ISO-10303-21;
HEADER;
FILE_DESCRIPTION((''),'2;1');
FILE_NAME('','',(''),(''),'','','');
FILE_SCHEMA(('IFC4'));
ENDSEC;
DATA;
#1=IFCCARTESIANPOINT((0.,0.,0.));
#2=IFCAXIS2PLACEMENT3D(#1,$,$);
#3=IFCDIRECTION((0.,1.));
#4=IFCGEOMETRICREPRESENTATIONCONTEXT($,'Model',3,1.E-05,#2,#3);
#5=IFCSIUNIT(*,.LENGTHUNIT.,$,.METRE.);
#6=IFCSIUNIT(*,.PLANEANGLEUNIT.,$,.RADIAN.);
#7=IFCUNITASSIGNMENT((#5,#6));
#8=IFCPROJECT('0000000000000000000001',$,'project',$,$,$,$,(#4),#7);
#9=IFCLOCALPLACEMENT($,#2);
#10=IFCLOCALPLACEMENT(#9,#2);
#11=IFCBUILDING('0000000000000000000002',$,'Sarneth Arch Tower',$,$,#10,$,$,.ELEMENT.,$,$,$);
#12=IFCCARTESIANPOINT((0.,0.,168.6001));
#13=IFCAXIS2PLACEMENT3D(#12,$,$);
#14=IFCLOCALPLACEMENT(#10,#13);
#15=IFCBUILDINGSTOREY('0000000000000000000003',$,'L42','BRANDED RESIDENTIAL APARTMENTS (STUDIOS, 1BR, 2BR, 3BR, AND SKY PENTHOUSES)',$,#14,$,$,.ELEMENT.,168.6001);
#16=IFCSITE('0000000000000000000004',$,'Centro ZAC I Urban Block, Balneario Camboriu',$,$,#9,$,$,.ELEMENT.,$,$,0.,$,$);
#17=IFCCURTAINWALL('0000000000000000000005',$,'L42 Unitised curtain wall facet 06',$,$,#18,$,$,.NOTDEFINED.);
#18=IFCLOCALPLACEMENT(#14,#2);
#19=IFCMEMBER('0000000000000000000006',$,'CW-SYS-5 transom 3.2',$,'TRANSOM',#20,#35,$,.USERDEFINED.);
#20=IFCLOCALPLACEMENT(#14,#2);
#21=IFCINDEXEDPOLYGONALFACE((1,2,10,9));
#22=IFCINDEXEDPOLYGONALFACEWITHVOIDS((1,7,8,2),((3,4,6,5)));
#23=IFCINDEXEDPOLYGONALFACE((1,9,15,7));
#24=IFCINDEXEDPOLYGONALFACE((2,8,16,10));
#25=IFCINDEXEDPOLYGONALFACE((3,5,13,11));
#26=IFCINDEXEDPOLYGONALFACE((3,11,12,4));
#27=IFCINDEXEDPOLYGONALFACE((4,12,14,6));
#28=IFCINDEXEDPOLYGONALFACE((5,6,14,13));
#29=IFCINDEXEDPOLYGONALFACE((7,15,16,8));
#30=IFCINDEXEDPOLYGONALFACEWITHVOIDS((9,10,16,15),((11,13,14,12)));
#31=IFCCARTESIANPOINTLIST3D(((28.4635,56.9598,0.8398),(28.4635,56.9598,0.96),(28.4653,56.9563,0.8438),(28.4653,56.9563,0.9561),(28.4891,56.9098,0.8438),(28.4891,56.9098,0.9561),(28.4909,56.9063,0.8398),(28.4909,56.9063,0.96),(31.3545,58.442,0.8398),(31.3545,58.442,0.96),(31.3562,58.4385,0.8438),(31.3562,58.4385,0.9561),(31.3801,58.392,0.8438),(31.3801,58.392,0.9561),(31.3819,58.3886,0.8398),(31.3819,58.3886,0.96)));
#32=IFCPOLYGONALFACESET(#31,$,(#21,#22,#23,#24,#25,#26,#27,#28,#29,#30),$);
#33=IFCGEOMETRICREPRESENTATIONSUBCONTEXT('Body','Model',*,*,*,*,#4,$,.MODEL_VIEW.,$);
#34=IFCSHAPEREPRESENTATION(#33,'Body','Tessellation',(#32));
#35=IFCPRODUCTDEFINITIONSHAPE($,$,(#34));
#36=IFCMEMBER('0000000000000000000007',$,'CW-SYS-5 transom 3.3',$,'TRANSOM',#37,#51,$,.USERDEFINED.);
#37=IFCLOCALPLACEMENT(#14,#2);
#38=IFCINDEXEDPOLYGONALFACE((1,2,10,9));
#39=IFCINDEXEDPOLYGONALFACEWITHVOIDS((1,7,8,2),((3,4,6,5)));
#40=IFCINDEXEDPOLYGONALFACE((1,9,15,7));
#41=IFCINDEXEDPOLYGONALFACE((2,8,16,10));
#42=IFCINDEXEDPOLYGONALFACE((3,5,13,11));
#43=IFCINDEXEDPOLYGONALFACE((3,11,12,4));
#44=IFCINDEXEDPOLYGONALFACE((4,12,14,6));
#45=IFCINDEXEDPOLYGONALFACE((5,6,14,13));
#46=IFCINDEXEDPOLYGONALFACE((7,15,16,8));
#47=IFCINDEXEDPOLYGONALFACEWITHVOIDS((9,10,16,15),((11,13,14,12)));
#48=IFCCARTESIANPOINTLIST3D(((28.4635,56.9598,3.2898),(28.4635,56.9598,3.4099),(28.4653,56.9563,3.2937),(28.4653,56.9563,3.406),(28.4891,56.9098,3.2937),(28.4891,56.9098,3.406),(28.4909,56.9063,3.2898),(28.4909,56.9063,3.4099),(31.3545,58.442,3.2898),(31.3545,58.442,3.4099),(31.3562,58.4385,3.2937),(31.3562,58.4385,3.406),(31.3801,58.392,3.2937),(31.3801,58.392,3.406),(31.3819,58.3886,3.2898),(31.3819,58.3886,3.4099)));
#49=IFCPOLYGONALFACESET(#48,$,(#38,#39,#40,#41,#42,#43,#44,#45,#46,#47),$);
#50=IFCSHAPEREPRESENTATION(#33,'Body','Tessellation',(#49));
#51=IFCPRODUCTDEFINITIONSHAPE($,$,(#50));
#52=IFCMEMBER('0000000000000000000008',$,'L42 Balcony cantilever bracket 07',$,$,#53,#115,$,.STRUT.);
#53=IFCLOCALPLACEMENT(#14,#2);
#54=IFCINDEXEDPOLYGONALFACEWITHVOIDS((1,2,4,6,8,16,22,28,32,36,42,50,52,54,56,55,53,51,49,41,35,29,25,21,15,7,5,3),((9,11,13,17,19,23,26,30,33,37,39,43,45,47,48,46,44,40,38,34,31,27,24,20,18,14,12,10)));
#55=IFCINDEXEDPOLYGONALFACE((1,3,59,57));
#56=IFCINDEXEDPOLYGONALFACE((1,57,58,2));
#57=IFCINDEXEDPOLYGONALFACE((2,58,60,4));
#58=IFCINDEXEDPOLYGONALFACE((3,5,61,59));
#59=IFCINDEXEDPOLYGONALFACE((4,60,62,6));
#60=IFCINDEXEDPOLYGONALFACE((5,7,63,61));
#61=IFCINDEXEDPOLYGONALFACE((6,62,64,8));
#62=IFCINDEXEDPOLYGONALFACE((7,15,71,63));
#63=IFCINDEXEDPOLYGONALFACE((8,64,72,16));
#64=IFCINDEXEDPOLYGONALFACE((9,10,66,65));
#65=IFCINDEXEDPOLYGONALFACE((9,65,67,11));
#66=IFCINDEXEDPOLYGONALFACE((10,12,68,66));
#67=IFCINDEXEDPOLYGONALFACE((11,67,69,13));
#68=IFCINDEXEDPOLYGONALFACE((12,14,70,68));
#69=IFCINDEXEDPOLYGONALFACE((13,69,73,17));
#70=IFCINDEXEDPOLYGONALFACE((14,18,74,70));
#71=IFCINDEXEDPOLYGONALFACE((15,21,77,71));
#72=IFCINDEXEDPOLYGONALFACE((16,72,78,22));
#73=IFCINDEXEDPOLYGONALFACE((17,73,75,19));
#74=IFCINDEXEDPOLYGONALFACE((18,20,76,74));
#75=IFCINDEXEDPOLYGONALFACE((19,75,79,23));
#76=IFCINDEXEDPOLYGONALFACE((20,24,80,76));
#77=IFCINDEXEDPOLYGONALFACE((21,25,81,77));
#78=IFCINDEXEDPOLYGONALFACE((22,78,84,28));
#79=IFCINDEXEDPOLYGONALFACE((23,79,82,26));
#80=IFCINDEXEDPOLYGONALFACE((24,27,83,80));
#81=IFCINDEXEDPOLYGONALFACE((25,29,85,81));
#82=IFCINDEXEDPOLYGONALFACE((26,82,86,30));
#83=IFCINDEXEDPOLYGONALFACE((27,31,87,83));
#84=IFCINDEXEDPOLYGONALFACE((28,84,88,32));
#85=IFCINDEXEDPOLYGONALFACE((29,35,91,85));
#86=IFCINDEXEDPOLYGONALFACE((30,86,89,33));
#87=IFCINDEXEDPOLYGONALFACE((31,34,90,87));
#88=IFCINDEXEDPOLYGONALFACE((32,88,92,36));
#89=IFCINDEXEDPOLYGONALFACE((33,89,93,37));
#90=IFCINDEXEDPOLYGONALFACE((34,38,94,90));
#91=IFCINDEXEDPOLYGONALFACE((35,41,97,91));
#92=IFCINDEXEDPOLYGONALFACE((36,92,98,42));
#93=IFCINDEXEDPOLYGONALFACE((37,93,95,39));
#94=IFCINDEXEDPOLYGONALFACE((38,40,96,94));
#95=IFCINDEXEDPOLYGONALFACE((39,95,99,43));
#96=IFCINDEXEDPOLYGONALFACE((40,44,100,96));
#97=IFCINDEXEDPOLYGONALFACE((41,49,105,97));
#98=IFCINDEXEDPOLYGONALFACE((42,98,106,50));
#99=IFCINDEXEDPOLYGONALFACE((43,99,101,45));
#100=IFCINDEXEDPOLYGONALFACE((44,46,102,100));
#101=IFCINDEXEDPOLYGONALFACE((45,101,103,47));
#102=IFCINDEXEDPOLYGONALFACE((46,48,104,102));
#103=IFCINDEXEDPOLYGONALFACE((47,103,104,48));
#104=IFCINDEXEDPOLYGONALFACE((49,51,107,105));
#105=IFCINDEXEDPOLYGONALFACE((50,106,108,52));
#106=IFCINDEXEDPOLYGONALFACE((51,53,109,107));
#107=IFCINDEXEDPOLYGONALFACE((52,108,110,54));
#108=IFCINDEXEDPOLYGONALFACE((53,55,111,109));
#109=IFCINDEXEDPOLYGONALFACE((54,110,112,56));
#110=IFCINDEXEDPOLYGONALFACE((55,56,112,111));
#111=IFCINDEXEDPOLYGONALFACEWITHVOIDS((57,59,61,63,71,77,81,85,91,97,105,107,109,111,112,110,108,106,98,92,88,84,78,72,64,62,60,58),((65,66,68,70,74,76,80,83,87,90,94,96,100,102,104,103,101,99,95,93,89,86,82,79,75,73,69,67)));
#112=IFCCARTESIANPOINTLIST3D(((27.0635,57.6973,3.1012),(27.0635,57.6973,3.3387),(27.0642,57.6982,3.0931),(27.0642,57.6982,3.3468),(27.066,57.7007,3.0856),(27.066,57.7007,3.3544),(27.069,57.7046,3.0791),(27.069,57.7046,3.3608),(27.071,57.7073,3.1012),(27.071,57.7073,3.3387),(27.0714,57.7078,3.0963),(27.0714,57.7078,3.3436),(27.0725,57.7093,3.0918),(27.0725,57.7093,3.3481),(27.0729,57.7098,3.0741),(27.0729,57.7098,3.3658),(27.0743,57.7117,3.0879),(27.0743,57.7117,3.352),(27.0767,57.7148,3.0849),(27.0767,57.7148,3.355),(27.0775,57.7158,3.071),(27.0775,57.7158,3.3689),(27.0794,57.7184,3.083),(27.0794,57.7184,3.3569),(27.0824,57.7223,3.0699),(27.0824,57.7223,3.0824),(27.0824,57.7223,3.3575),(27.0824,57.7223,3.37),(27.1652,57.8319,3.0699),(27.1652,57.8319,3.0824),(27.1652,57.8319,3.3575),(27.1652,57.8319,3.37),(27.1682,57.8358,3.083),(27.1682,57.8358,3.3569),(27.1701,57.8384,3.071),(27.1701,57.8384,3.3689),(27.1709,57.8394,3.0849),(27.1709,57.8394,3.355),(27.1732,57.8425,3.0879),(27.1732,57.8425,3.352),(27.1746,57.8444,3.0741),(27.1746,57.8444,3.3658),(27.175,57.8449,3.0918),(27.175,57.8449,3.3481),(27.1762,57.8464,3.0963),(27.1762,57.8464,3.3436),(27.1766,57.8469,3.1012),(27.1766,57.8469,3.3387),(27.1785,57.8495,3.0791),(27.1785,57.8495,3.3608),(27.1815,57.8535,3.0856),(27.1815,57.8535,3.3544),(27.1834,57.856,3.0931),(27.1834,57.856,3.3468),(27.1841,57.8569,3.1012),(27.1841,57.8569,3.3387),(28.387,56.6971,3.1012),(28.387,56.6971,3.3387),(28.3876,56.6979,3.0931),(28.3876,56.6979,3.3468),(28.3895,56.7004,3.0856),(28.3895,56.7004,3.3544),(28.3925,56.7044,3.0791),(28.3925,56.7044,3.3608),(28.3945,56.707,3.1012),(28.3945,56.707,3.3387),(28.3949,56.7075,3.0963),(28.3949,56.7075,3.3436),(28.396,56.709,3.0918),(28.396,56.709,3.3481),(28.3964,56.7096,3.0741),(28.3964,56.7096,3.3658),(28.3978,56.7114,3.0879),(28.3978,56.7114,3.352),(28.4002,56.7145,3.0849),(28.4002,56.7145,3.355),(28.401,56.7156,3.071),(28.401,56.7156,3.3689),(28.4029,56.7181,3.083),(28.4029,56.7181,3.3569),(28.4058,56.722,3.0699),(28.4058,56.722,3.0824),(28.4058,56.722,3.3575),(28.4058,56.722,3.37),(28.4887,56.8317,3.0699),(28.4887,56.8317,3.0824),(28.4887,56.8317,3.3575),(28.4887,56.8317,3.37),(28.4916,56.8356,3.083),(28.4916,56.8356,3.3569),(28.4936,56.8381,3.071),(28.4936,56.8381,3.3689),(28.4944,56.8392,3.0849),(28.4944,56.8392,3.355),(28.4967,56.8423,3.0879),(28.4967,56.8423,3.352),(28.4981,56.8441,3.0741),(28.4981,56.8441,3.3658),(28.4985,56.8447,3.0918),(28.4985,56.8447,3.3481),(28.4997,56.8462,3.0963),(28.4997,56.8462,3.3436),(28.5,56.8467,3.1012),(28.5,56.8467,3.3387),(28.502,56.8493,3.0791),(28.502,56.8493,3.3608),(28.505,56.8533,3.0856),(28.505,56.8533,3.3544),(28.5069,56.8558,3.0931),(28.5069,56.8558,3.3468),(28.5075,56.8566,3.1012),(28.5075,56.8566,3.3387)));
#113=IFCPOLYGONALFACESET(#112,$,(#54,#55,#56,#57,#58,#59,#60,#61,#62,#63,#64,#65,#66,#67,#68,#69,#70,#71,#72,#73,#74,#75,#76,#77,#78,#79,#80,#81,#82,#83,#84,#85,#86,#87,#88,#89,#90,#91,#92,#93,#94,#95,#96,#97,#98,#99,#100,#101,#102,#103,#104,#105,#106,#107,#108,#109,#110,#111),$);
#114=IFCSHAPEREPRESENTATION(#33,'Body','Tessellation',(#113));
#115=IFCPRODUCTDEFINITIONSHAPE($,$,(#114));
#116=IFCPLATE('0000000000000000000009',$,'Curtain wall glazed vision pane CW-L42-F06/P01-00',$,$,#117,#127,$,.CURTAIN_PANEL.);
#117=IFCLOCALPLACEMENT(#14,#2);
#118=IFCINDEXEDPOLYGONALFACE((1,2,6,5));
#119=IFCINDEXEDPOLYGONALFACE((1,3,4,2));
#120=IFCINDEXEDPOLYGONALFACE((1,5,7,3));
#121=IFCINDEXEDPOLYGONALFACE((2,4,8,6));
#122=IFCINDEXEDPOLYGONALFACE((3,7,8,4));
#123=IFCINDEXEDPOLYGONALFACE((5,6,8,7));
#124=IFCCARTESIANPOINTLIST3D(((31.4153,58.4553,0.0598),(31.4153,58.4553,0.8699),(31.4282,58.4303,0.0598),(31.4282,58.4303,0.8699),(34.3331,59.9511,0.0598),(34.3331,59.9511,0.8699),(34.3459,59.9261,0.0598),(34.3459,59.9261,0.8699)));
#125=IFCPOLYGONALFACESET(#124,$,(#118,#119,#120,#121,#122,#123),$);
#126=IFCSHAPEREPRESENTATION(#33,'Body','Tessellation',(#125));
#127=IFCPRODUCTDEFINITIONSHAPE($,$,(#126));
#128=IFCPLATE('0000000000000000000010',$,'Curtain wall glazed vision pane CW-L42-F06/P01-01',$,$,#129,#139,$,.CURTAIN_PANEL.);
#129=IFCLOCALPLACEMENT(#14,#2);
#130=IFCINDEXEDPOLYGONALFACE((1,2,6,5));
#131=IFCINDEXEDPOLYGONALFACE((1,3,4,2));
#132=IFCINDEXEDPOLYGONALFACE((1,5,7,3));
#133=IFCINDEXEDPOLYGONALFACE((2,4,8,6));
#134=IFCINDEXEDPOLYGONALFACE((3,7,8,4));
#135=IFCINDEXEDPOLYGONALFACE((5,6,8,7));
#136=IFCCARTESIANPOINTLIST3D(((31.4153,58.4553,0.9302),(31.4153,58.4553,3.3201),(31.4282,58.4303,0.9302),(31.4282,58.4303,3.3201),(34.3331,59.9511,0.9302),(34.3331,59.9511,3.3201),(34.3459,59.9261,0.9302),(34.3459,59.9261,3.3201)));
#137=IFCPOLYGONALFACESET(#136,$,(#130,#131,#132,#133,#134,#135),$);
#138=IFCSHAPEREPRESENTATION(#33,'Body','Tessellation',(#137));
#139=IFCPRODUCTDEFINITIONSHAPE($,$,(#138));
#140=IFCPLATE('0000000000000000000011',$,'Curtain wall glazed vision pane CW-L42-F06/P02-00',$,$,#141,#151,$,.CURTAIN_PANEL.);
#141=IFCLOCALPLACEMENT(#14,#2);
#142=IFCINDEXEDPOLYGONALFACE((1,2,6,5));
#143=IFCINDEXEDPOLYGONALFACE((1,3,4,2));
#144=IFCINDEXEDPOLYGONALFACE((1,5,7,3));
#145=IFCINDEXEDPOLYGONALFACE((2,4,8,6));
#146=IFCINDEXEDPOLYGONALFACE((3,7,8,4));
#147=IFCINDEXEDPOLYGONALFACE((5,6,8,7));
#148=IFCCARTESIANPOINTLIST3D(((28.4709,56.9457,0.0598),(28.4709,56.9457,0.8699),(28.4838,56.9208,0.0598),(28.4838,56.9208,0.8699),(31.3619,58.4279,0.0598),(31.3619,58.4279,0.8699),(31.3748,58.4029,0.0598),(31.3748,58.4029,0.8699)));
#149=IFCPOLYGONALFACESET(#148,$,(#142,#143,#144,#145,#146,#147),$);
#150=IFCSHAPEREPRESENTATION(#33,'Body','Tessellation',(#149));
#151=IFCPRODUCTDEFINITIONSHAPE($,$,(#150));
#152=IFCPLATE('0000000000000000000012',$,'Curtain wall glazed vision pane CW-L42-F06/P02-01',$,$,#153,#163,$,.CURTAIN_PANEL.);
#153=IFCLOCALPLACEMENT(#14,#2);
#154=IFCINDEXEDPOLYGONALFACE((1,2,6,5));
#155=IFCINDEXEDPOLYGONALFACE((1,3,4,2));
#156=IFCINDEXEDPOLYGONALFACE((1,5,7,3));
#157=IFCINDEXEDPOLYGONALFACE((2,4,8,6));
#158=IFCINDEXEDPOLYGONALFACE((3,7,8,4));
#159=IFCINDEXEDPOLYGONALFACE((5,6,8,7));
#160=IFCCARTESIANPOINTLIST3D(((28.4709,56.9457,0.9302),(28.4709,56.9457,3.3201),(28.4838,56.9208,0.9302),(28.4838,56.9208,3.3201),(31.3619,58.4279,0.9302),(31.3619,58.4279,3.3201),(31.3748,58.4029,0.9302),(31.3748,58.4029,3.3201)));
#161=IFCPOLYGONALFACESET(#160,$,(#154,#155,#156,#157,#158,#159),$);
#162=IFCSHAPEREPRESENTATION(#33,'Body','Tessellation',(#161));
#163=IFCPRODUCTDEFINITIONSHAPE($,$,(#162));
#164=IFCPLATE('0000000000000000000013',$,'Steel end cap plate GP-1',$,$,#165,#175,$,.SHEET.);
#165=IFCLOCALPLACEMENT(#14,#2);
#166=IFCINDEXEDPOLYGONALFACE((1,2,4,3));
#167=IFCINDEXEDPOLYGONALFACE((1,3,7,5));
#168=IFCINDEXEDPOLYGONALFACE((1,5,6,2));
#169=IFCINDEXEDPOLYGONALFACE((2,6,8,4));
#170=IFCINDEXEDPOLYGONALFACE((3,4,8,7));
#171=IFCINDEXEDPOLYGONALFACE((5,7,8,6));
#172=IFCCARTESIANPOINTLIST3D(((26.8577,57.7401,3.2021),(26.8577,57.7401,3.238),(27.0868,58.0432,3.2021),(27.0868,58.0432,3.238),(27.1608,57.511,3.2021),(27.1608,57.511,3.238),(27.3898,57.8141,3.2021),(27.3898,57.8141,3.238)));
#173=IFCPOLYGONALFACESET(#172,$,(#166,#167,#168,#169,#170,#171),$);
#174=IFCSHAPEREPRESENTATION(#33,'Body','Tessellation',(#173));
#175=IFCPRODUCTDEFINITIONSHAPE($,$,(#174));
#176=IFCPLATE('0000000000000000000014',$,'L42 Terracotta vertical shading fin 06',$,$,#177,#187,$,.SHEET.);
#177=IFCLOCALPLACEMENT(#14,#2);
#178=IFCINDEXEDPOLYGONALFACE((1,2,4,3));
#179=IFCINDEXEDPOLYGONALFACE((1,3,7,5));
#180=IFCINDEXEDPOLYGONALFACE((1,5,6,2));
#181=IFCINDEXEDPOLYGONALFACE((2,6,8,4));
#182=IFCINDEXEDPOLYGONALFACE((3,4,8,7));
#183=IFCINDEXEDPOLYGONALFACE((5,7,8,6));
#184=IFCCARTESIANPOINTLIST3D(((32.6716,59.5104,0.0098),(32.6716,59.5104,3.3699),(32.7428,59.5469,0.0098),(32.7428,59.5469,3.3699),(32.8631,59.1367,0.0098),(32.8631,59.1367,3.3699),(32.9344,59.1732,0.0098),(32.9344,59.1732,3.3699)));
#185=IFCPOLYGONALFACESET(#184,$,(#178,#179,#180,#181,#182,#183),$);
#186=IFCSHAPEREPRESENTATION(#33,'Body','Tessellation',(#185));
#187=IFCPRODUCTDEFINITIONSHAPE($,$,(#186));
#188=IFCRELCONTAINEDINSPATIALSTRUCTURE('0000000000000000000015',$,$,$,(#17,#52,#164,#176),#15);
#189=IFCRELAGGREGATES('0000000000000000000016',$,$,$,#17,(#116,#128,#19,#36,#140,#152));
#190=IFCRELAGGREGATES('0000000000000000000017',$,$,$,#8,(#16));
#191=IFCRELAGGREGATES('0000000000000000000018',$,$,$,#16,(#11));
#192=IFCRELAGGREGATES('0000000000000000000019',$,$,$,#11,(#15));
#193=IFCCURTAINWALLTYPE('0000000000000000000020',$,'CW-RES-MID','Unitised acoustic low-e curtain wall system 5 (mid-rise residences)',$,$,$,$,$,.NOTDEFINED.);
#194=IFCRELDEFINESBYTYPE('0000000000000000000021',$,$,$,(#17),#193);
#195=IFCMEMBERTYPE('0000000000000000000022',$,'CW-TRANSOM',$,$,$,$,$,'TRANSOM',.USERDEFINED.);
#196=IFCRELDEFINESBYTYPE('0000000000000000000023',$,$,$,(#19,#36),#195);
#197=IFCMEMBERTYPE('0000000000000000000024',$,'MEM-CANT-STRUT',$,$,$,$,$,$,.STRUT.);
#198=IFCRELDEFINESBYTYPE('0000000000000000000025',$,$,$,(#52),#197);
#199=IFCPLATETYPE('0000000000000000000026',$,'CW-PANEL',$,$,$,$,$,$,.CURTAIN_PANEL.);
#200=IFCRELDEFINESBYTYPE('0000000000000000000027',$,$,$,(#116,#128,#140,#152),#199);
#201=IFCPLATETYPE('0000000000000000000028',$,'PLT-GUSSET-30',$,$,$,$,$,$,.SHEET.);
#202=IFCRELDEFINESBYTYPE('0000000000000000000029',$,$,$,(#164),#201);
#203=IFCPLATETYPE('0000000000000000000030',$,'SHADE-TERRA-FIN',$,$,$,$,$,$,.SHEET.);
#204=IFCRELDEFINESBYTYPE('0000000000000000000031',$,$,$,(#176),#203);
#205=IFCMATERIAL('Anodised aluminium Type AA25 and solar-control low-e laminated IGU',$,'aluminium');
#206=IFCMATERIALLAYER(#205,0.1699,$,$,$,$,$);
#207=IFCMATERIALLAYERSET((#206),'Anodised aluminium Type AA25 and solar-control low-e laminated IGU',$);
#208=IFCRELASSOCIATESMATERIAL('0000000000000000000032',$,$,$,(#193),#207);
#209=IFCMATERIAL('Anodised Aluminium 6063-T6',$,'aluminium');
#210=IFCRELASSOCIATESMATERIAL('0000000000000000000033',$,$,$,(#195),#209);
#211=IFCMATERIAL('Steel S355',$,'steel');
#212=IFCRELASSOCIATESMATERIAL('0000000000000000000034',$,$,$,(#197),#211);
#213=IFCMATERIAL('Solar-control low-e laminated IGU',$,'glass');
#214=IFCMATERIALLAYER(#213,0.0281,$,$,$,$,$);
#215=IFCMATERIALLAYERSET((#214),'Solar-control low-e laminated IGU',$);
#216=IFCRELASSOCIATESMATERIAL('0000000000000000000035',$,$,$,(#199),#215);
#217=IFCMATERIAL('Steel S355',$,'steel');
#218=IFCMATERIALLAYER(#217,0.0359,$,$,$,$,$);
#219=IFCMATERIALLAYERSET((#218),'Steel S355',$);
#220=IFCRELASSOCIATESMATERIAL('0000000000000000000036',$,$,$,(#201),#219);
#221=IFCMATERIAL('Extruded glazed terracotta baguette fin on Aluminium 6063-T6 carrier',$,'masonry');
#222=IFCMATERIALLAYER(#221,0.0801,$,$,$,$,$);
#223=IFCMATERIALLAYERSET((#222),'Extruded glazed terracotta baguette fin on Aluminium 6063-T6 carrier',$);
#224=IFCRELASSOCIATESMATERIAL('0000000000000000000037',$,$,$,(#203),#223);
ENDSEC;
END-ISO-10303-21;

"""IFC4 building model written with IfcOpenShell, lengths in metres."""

from ifc_helpers import new_model, si_unit, direction, frame, origin, origin_2d, place, context, subcontext, project, spatial, rectangle, hollow_rectangle, extrude, material, layer, layer_set, material_profile, profile_set, type_object, element, aggregate, save


model = new_model("IFC4")

# Units and contexts
model_context = context("Model", 3, precision=1e-05, world=origin(), true_north=direction((0.0, 1.0)))
body_context = subcontext(model_context, "Body", "Model", "MODEL_VIEW")
ifc_project = project(units=[si_unit("LENGTHUNIT", "METRE"), si_unit("PLANEANGLEUNIT", "RADIAN")], contexts=[model_context])

# Site, building, storey
site_placement = place(None, origin())
site = spatial("IfcSite", under=ifc_project, at=site_placement, Name="Centro ZAC I Urban Block, Balneario Camboriu", CompositionType="ELEMENT", RefElevation=0.0)
building_placement = place(site_placement, origin())
building = spatial("IfcBuilding", under=site, at=building_placement, Name="Sarneth Arch Tower", CompositionType="ELEMENT")
storey_placement = place(building_placement, frame((0.0, 0.0, 168.6001)))
storey = spatial("IfcBuildingStorey", under=building, at=storey_placement, Name="L42", Description="BRANDED RESIDENTIAL APARTMENTS (STUDIOS, 1BR, 2BR, 3BR, AND SKY PENTHOUSES)", CompositionType="ELEMENT", Elevation=168.6001)

# Curtain wall, members
ifc_material_1 = material(Name="Anodised aluminium Type AA25 and solar-control low-e laminated IGU", Category="aluminium")
ifc_layer_1 = layer(ifc_material_1, 0.1699)
ifc_layer_set_1 = layer_set([ifc_layer_1], Name="Anodised aluminium Type AA25 and solar-control low-e laminated IGU")
curtain_wall_type = type_object("IfcCurtainWallType", Name="CW-RES-MID", Description="Unitised acoustic low-e curtain wall system 5 (mid-rise residences)", PredefinedType="NOTDEFINED", material=ifc_layer_set_1)
curtain_wall_placement = place(storey_placement, origin())
curtain_wall = element("IfcCurtainWall", 1, at=curtain_wall_placement, inside=storey, type_object=curtain_wall_type, Name="L42 Unitised curtain wall facet 06", PredefinedType="NOTDEFINED")
ifc_material_2 = material(Name="Anodised Aluminium 6063-T6", Category="aluminium")
ifc_material_profile_1 = material_profile(ifc_material_2, hollow_rectangle(XDim=0.0601, YDim=0.1201, WallThickness=0.0039, at=origin_2d()), Name="AL-TRAN-120x60x4")
ifc_profile_set_1 = profile_set([ifc_material_profile_1], Name="Anodised Aluminium 6063-T6")
member_type_1 = type_object("IfcMemberType", Name="CW-TRANSOM", ElementType="TRANSOM", PredefinedType="USERDEFINED", material=ifc_profile_set_1)
member_1_placement = place(storey_placement, frame((31.3682, 58.4153, 0.8999), z_axis=(-0.889857, -0.456239, 0.0), x_axis=(0.456239, -0.889857, 0.0)))
member_1 = element("IfcMember", 2, at=member_1_placement, type_object=member_type_1, Name="CW-SYS-5 transom 3.2", ObjectType="TRANSOM", PredefinedType="USERDEFINED", context=body_context, shape_type="SweptSolid", body=[
    extrude(hollow_rectangle(XDim=0.0601, YDim=0.1201, WallThickness=0.0039, at=origin_2d()), origin(), (0.0, 0.0, 1.0), 3.2488),
])
member_2_placement = place(storey_placement, frame((31.3682, 58.4153, 3.3499), z_axis=(-0.889857, -0.456239, 0.0), x_axis=(0.456239, -0.889857, 0.0)))
member_2 = element("IfcMember", 3, at=member_2_placement, type_object=member_type_1, Name="CW-SYS-5 transom 3.3", ObjectType="TRANSOM", PredefinedType="USERDEFINED", context=body_context, shape_type="SweptSolid", body=[
    extrude(hollow_rectangle(XDim=0.0601, YDim=0.1201, WallThickness=0.0039, at=origin_2d()), origin(), (0.0, 0.0, 1.0), 3.2488),
])

# Member
ifc_material_3 = material(Name="Steel S355", Category="steel")
ifc_material_profile_2 = material_profile(ifc_material_3, hollow_rectangle(XDim=0.2, YDim=0.3, WallThickness=0.0125, InnerFilletRadius=0.0188, OuterFilletRadius=0.0312, at=origin_2d()), Name="RHS300x200x12.5")
ifc_profile_set_2 = profile_set([ifc_material_profile_2], Name="Steel S355")
member_type_2 = type_object("IfcMemberType", Name="MEM-CANT-STRUT", PredefinedType="STRUT", material=ifc_profile_set_2)
member_3_placement = place(storey_placement, frame((28.4473, 56.7769, 3.22), z_axis=(-0.797787, 0.602939, 0.0), x_axis=(-0.602939, -0.797787, 0.0)))
element("IfcMember", 4, at=member_3_placement, inside=storey, type_object=member_type_2, Name="L42 Balcony cantilever bracket 07", PredefinedType="STRUT", context=body_context, shape_type="SweptSolid", body=[
    extrude(hollow_rectangle(XDim=0.2, YDim=0.3, WallThickness=0.0125, InnerFilletRadius=0.0188, OuterFilletRadius=0.0312, at=origin_2d()), origin(), (0.0, 0.0, 1.0), 1.6589),
])

# Plates
ifc_material_4 = material(Name="Solar-control low-e laminated IGU", Category="glass")
ifc_layer_2 = layer(ifc_material_4, 0.0281)
ifc_layer_set_2 = layer_set([ifc_layer_2], Name="Solar-control low-e laminated IGU")
plate_type_1 = type_object("IfcPlateType", Name="CW-PANEL", PredefinedType="CURTAIN_PANEL", material=ifc_layer_set_2)
plate_1_placement = place(storey_placement, frame((32.8806, 59.1907, 0.0598), z_axis=(0.0, 0.0, 1.0), x_axis=(-0.889873, -0.456208, 0.0)))
plate_1 = element("IfcPlate", 5, at=plate_1_placement, type_object=plate_type_1, Name="Curtain wall glazed vision pane CW-L42-F06/P01-00", PredefinedType="CURTAIN_PANEL", context=body_context, shape_type="SweptSolid", body=[
    extrude(rectangle(XDim=3.2788, YDim=0.0281, at=origin_2d()), origin(), (0.0, 0.0, 1.0), 0.8101),
])
plate_2_placement = place(storey_placement, frame((32.8806, 59.1907, 0.9302), z_axis=(0.0, 0.0, 1.0), x_axis=(-0.889873, -0.456208, 0.0)))
plate_2 = element("IfcPlate", 6, at=plate_2_placement, type_object=plate_type_1, Name="Curtain wall glazed vision pane CW-L42-F06/P01-01", PredefinedType="CURTAIN_PANEL", context=body_context, shape_type="SweptSolid", body=[
    extrude(rectangle(XDim=3.2788, YDim=0.0281, at=origin_2d()), origin(), (0.0, 0.0, 1.0), 2.3899),
])
plate_3_placement = place(storey_placement, frame((29.9229, 57.6743, 0.0598), z_axis=(0.0, 0.0, 1.0), x_axis=(-0.889873, -0.456208, 0.0)))
plate_3 = element("IfcPlate", 7, at=plate_3_placement, type_object=plate_type_1, Name="Curtain wall glazed vision pane CW-L42-F06/P02-00", PredefinedType="CURTAIN_PANEL", context=body_context, shape_type="SweptSolid", body=[
    extrude(rectangle(XDim=3.2488, YDim=0.0281, at=origin_2d()), origin(), (0.0, 0.0, 1.0), 0.8101),
])
plate_4_placement = place(storey_placement, frame((29.9229, 57.6743, 0.9302), z_axis=(0.0, 0.0, 1.0), x_axis=(-0.889873, -0.456208, 0.0)))
plate_4 = element("IfcPlate", 8, at=plate_4_placement, type_object=plate_type_1, Name="Curtain wall glazed vision pane CW-L42-F06/P02-01", PredefinedType="CURTAIN_PANEL", context=body_context, shape_type="SweptSolid", body=[
    extrude(rectangle(XDim=3.2488, YDim=0.0281, at=origin_2d()), origin(), (0.0, 0.0, 1.0), 2.3899),
])
aggregate(curtain_wall, [plate_1, plate_2, member_1, member_2, plate_3, plate_4])

# Plates
ifc_material_5 = material(Name="Steel S355", Category="steel")
ifc_layer_3 = layer(ifc_material_5, 0.0359)
ifc_layer_set_3 = layer_set([ifc_layer_3], Name="Steel S355")
plate_type_2 = type_object("IfcPlateType", Name="PLT-GUSSET-30", PredefinedType="SHEET", material=ifc_layer_set_3)
plate_5_placement = place(storey_placement, frame((27.1238, 57.7771, 3.2021), z_axis=(0.0, 0.0, 1.0), x_axis=(-0.797794, 0.60293, 0.0)))
element("IfcPlate", 9, at=plate_5_placement, inside=storey, type_object=plate_type_2, Name="Steel end cap plate GP-1", PredefinedType="SHEET", context=body_context, shape_type="SweptSolid", body=[
    extrude(rectangle(XDim=0.3799, YDim=0.3799, at=origin_2d()), origin(), (0.0, 0.0, 1.0), 0.0359),
])
ifc_material_6 = material(Name="Extruded glazed terracotta baguette fin on Aluminium 6063-T6 carrier", Category="masonry")
ifc_layer_4 = layer(ifc_material_6, 0.0801)
ifc_layer_set_4 = layer_set([ifc_layer_4], Name="Extruded glazed terracotta baguette fin on Aluminium 6063-T6 carrier")
plate_type_3 = type_object("IfcPlateType", Name="SHADE-TERRA-FIN", PredefinedType="SHEET", material=ifc_layer_set_4)
plate_6_placement = place(storey_placement, frame((32.803, 59.3418, 0.0098), z_axis=(0.0, 0.0, 1.0), x_axis=(-0.456166, 0.889895, 0.0)))
element("IfcPlate", 10, at=plate_6_placement, inside=storey, type_object=plate_type_3, Name="L42 Terracotta vertical shading fin 06", PredefinedType="SHEET", context=body_context, shape_type="SweptSolid", body=[
    extrude(rectangle(XDim=0.4199, YDim=0.0801, at=origin_2d()), origin(), (0.0, 0.0, 1.0), 3.3601),
])

save(model, "model.ifc")
